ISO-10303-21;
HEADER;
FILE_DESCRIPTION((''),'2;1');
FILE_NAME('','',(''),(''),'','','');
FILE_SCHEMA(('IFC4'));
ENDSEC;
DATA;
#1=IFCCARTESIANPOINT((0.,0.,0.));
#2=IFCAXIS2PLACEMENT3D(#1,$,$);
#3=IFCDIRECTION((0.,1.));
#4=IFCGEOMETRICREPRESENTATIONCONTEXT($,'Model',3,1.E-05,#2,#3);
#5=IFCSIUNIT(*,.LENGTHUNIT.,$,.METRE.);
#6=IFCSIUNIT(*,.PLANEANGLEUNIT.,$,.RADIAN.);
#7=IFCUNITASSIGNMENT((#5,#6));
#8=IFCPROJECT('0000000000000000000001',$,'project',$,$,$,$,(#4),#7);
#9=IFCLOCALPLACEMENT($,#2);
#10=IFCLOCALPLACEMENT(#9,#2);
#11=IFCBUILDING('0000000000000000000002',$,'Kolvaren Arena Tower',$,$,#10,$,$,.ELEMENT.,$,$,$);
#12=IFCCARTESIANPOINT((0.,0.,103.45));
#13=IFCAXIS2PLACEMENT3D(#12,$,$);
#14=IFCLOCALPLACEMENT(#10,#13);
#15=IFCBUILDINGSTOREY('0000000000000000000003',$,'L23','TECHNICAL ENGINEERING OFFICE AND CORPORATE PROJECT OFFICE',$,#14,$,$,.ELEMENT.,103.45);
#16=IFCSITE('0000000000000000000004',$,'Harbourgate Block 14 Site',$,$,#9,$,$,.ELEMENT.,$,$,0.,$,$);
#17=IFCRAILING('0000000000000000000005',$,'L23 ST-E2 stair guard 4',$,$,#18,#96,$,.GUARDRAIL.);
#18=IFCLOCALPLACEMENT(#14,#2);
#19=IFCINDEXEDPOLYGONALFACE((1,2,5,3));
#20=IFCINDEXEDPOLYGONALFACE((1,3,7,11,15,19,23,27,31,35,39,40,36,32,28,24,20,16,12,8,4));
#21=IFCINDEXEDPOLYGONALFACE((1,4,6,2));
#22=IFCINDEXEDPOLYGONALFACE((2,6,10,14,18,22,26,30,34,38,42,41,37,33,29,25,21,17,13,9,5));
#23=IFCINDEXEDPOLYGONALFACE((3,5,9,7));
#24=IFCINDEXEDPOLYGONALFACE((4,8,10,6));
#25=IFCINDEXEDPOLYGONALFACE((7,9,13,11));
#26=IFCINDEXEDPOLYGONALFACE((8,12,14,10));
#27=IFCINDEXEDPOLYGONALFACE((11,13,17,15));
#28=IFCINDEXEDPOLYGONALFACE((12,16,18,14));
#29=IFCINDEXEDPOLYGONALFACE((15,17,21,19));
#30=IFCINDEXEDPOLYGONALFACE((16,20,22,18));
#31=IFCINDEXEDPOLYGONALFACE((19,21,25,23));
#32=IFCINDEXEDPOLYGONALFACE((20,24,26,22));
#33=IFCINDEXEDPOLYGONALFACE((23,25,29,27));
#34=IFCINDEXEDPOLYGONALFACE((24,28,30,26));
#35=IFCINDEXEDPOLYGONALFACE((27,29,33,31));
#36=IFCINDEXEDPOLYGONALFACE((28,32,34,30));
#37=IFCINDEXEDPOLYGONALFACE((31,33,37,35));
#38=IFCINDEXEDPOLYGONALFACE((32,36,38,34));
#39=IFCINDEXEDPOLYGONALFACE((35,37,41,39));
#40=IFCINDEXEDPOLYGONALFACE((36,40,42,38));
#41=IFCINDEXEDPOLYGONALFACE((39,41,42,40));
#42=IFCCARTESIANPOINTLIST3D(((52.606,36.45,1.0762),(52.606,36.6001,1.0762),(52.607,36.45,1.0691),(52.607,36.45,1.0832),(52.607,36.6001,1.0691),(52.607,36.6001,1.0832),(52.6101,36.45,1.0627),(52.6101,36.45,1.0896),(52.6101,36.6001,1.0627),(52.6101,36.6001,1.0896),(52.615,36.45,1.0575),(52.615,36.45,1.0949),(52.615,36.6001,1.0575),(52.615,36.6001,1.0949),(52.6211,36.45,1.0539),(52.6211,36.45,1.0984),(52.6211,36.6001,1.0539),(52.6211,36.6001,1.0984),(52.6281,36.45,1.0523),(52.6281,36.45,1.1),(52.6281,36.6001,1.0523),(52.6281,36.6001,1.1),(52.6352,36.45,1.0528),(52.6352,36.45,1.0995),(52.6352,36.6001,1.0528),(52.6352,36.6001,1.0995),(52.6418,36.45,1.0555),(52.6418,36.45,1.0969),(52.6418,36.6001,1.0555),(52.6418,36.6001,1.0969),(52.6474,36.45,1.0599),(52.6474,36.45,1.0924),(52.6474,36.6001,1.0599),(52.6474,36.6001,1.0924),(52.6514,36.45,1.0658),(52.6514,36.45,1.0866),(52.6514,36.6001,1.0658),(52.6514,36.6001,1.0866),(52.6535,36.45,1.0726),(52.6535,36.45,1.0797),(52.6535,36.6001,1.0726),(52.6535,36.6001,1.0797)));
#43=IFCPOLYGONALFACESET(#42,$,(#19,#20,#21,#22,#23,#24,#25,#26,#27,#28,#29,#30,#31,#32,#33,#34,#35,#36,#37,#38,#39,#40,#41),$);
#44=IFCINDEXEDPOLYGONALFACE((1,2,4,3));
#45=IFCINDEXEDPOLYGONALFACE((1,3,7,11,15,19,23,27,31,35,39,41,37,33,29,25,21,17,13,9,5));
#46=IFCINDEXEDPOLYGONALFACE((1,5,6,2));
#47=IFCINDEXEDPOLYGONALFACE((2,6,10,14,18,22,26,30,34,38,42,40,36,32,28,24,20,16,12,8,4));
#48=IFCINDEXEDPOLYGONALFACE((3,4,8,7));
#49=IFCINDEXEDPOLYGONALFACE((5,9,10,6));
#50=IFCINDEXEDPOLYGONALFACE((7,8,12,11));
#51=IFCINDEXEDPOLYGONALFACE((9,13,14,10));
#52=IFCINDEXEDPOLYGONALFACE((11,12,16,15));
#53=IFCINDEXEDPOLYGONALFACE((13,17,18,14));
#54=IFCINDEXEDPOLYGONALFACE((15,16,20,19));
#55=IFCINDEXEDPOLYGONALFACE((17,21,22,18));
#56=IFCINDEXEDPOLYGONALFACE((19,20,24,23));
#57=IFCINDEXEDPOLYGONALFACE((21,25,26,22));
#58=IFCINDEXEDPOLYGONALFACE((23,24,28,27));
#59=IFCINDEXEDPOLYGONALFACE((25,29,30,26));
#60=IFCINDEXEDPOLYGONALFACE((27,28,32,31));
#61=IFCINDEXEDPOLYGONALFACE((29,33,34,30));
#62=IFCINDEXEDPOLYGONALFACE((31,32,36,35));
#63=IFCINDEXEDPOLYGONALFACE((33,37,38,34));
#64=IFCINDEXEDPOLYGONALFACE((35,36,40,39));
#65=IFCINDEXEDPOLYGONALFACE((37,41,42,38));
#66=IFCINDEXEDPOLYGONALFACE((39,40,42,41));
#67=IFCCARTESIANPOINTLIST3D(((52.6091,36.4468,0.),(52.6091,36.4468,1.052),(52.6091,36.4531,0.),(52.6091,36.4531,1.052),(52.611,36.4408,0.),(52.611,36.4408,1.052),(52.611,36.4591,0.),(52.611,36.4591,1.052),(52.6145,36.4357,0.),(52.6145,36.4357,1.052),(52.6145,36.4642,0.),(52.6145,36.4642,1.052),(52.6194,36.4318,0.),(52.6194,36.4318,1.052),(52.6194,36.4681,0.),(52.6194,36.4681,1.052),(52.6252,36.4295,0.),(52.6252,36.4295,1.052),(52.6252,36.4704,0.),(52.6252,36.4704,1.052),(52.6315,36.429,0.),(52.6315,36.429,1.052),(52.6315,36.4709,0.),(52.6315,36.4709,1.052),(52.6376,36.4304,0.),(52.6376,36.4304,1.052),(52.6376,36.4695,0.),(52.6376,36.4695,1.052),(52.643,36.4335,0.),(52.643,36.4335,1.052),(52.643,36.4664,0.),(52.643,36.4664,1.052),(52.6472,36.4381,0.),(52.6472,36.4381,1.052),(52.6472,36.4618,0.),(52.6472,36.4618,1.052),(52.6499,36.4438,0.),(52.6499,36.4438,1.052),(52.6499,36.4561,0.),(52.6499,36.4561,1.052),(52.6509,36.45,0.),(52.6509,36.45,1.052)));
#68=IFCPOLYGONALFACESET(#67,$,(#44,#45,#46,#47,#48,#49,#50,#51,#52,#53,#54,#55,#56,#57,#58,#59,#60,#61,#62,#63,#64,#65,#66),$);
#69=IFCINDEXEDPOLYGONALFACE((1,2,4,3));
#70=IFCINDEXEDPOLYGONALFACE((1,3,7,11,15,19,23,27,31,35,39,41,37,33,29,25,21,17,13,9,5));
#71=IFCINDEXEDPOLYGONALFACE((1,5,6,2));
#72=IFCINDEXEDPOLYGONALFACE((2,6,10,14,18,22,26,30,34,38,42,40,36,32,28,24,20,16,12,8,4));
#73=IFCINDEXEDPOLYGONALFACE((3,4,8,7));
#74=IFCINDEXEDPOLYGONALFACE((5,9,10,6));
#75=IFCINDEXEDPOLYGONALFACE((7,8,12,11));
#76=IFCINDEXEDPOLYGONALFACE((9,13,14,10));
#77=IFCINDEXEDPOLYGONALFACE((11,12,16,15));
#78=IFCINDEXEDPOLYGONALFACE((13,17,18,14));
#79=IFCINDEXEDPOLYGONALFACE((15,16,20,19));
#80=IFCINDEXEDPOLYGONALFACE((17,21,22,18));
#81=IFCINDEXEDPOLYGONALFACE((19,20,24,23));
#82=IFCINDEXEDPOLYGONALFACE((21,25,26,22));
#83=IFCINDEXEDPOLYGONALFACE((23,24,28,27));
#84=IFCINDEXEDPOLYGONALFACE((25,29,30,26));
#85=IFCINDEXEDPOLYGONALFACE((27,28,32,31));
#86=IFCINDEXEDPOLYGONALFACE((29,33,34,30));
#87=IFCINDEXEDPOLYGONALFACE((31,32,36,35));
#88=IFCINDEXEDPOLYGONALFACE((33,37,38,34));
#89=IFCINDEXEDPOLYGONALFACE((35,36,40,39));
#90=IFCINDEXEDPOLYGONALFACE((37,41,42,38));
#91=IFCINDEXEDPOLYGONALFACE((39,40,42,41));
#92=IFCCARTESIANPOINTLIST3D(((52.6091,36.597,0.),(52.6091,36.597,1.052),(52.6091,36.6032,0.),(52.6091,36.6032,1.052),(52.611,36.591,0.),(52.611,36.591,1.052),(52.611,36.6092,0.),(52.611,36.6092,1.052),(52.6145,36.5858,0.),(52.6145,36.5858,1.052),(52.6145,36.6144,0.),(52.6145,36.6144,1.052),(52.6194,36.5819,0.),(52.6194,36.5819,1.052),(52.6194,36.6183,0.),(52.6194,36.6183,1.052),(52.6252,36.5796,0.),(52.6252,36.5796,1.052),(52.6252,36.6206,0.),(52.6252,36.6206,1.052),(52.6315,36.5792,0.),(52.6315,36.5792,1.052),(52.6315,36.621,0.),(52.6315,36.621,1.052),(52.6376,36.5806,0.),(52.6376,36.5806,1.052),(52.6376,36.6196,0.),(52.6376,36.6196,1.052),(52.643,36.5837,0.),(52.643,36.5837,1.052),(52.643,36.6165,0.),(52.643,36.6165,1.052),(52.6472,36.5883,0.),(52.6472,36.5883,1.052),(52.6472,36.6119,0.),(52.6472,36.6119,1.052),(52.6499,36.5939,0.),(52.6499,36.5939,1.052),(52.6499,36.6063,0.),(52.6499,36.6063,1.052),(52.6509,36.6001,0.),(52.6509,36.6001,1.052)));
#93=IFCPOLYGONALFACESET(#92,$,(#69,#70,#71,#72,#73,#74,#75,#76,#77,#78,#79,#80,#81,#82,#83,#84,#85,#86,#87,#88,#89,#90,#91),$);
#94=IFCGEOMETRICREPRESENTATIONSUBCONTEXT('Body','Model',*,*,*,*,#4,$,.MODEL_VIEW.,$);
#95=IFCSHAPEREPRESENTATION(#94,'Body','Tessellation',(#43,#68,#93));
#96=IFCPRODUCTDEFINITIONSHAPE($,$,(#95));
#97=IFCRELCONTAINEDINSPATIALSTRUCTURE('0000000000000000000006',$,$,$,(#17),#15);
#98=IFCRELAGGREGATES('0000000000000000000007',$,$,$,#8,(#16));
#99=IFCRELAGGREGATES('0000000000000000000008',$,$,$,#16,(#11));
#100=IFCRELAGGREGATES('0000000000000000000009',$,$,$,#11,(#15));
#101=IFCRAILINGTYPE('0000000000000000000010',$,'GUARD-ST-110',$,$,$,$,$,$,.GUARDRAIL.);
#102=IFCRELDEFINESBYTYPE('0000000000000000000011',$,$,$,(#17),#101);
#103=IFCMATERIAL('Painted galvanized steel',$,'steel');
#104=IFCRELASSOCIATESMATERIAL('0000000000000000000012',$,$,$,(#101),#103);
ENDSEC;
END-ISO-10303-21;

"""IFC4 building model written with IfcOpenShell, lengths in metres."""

from ifc_helpers import new_model, si_unit, direction, frame, origin, origin_2d, place, context, subcontext, project, spatial, circle, extrude, material, type_object, element, save


model = new_model("IFC4")

# Units and contexts
model_context = context("Model", 3, precision=1e-05, world=origin(), true_north=direction((0.0, 1.0)))
body_context = subcontext(model_context, "Body", "Model", "MODEL_VIEW")
ifc_project = project(units=[si_unit("LENGTHUNIT", "METRE"), si_unit("PLANEANGLEUNIT", "RADIAN")], contexts=[model_context])

# Site, building, storey
site_placement = place(None, origin())
site = spatial("IfcSite", under=ifc_project, at=site_placement, Name="Harbourgate Block 14 Site", CompositionType="ELEMENT", RefElevation=0.0)
building_placement = place(site_placement, origin())
building = spatial("IfcBuilding", under=site, at=building_placement, Name="Kolvaren Arena Tower", CompositionType="ELEMENT")
storey_placement = place(building_placement, frame((0.0, 0.0, 103.45)))
storey = spatial("IfcBuildingStorey", under=building, at=storey_placement, Name="L23", Description="TECHNICAL ENGINEERING OFFICE AND CORPORATE PROJECT OFFICE", CompositionType="ELEMENT", Elevation=103.45)

# Railing
ifc_material_1 = material(Name="Painted galvanized steel", Category="steel")
railing_type_1 = type_object("IfcRailingType", Name="GUARD-ST-110", PredefinedType="GUARDRAIL", material=ifc_material_1)
railing_1_placement = place(storey_placement, frame((52.6299, 36.45, 0.0)))
element("IfcRailing", 1, at=railing_1_placement, inside=storey, type_object=railing_type_1, Name="L23 ST-E2 stair guard 4", PredefinedType="GUARDRAIL", context=body_context, shape_type="SweptSolid", body=[
    extrude(circle(Radius=0.0239, at=origin_2d()), frame((0.0, 0.0, 1.0762), z_axis=(0.0, 1.0, 0.0), x_axis=(-1.0, 0.0, 0.0)), (0.0, 0.0, 1.0), 0.1501),
    extrude(circle(Radius=0.021, at=origin_2d()), origin(), (0.0, 0.0, 1.0), 1.052),
    extrude(circle(Radius=0.021, at=origin_2d()), frame((0.0, 0.1501, 0.0)), (0.0, 0.0, 1.0), 1.052),
])

save(model, "model.ifc")
